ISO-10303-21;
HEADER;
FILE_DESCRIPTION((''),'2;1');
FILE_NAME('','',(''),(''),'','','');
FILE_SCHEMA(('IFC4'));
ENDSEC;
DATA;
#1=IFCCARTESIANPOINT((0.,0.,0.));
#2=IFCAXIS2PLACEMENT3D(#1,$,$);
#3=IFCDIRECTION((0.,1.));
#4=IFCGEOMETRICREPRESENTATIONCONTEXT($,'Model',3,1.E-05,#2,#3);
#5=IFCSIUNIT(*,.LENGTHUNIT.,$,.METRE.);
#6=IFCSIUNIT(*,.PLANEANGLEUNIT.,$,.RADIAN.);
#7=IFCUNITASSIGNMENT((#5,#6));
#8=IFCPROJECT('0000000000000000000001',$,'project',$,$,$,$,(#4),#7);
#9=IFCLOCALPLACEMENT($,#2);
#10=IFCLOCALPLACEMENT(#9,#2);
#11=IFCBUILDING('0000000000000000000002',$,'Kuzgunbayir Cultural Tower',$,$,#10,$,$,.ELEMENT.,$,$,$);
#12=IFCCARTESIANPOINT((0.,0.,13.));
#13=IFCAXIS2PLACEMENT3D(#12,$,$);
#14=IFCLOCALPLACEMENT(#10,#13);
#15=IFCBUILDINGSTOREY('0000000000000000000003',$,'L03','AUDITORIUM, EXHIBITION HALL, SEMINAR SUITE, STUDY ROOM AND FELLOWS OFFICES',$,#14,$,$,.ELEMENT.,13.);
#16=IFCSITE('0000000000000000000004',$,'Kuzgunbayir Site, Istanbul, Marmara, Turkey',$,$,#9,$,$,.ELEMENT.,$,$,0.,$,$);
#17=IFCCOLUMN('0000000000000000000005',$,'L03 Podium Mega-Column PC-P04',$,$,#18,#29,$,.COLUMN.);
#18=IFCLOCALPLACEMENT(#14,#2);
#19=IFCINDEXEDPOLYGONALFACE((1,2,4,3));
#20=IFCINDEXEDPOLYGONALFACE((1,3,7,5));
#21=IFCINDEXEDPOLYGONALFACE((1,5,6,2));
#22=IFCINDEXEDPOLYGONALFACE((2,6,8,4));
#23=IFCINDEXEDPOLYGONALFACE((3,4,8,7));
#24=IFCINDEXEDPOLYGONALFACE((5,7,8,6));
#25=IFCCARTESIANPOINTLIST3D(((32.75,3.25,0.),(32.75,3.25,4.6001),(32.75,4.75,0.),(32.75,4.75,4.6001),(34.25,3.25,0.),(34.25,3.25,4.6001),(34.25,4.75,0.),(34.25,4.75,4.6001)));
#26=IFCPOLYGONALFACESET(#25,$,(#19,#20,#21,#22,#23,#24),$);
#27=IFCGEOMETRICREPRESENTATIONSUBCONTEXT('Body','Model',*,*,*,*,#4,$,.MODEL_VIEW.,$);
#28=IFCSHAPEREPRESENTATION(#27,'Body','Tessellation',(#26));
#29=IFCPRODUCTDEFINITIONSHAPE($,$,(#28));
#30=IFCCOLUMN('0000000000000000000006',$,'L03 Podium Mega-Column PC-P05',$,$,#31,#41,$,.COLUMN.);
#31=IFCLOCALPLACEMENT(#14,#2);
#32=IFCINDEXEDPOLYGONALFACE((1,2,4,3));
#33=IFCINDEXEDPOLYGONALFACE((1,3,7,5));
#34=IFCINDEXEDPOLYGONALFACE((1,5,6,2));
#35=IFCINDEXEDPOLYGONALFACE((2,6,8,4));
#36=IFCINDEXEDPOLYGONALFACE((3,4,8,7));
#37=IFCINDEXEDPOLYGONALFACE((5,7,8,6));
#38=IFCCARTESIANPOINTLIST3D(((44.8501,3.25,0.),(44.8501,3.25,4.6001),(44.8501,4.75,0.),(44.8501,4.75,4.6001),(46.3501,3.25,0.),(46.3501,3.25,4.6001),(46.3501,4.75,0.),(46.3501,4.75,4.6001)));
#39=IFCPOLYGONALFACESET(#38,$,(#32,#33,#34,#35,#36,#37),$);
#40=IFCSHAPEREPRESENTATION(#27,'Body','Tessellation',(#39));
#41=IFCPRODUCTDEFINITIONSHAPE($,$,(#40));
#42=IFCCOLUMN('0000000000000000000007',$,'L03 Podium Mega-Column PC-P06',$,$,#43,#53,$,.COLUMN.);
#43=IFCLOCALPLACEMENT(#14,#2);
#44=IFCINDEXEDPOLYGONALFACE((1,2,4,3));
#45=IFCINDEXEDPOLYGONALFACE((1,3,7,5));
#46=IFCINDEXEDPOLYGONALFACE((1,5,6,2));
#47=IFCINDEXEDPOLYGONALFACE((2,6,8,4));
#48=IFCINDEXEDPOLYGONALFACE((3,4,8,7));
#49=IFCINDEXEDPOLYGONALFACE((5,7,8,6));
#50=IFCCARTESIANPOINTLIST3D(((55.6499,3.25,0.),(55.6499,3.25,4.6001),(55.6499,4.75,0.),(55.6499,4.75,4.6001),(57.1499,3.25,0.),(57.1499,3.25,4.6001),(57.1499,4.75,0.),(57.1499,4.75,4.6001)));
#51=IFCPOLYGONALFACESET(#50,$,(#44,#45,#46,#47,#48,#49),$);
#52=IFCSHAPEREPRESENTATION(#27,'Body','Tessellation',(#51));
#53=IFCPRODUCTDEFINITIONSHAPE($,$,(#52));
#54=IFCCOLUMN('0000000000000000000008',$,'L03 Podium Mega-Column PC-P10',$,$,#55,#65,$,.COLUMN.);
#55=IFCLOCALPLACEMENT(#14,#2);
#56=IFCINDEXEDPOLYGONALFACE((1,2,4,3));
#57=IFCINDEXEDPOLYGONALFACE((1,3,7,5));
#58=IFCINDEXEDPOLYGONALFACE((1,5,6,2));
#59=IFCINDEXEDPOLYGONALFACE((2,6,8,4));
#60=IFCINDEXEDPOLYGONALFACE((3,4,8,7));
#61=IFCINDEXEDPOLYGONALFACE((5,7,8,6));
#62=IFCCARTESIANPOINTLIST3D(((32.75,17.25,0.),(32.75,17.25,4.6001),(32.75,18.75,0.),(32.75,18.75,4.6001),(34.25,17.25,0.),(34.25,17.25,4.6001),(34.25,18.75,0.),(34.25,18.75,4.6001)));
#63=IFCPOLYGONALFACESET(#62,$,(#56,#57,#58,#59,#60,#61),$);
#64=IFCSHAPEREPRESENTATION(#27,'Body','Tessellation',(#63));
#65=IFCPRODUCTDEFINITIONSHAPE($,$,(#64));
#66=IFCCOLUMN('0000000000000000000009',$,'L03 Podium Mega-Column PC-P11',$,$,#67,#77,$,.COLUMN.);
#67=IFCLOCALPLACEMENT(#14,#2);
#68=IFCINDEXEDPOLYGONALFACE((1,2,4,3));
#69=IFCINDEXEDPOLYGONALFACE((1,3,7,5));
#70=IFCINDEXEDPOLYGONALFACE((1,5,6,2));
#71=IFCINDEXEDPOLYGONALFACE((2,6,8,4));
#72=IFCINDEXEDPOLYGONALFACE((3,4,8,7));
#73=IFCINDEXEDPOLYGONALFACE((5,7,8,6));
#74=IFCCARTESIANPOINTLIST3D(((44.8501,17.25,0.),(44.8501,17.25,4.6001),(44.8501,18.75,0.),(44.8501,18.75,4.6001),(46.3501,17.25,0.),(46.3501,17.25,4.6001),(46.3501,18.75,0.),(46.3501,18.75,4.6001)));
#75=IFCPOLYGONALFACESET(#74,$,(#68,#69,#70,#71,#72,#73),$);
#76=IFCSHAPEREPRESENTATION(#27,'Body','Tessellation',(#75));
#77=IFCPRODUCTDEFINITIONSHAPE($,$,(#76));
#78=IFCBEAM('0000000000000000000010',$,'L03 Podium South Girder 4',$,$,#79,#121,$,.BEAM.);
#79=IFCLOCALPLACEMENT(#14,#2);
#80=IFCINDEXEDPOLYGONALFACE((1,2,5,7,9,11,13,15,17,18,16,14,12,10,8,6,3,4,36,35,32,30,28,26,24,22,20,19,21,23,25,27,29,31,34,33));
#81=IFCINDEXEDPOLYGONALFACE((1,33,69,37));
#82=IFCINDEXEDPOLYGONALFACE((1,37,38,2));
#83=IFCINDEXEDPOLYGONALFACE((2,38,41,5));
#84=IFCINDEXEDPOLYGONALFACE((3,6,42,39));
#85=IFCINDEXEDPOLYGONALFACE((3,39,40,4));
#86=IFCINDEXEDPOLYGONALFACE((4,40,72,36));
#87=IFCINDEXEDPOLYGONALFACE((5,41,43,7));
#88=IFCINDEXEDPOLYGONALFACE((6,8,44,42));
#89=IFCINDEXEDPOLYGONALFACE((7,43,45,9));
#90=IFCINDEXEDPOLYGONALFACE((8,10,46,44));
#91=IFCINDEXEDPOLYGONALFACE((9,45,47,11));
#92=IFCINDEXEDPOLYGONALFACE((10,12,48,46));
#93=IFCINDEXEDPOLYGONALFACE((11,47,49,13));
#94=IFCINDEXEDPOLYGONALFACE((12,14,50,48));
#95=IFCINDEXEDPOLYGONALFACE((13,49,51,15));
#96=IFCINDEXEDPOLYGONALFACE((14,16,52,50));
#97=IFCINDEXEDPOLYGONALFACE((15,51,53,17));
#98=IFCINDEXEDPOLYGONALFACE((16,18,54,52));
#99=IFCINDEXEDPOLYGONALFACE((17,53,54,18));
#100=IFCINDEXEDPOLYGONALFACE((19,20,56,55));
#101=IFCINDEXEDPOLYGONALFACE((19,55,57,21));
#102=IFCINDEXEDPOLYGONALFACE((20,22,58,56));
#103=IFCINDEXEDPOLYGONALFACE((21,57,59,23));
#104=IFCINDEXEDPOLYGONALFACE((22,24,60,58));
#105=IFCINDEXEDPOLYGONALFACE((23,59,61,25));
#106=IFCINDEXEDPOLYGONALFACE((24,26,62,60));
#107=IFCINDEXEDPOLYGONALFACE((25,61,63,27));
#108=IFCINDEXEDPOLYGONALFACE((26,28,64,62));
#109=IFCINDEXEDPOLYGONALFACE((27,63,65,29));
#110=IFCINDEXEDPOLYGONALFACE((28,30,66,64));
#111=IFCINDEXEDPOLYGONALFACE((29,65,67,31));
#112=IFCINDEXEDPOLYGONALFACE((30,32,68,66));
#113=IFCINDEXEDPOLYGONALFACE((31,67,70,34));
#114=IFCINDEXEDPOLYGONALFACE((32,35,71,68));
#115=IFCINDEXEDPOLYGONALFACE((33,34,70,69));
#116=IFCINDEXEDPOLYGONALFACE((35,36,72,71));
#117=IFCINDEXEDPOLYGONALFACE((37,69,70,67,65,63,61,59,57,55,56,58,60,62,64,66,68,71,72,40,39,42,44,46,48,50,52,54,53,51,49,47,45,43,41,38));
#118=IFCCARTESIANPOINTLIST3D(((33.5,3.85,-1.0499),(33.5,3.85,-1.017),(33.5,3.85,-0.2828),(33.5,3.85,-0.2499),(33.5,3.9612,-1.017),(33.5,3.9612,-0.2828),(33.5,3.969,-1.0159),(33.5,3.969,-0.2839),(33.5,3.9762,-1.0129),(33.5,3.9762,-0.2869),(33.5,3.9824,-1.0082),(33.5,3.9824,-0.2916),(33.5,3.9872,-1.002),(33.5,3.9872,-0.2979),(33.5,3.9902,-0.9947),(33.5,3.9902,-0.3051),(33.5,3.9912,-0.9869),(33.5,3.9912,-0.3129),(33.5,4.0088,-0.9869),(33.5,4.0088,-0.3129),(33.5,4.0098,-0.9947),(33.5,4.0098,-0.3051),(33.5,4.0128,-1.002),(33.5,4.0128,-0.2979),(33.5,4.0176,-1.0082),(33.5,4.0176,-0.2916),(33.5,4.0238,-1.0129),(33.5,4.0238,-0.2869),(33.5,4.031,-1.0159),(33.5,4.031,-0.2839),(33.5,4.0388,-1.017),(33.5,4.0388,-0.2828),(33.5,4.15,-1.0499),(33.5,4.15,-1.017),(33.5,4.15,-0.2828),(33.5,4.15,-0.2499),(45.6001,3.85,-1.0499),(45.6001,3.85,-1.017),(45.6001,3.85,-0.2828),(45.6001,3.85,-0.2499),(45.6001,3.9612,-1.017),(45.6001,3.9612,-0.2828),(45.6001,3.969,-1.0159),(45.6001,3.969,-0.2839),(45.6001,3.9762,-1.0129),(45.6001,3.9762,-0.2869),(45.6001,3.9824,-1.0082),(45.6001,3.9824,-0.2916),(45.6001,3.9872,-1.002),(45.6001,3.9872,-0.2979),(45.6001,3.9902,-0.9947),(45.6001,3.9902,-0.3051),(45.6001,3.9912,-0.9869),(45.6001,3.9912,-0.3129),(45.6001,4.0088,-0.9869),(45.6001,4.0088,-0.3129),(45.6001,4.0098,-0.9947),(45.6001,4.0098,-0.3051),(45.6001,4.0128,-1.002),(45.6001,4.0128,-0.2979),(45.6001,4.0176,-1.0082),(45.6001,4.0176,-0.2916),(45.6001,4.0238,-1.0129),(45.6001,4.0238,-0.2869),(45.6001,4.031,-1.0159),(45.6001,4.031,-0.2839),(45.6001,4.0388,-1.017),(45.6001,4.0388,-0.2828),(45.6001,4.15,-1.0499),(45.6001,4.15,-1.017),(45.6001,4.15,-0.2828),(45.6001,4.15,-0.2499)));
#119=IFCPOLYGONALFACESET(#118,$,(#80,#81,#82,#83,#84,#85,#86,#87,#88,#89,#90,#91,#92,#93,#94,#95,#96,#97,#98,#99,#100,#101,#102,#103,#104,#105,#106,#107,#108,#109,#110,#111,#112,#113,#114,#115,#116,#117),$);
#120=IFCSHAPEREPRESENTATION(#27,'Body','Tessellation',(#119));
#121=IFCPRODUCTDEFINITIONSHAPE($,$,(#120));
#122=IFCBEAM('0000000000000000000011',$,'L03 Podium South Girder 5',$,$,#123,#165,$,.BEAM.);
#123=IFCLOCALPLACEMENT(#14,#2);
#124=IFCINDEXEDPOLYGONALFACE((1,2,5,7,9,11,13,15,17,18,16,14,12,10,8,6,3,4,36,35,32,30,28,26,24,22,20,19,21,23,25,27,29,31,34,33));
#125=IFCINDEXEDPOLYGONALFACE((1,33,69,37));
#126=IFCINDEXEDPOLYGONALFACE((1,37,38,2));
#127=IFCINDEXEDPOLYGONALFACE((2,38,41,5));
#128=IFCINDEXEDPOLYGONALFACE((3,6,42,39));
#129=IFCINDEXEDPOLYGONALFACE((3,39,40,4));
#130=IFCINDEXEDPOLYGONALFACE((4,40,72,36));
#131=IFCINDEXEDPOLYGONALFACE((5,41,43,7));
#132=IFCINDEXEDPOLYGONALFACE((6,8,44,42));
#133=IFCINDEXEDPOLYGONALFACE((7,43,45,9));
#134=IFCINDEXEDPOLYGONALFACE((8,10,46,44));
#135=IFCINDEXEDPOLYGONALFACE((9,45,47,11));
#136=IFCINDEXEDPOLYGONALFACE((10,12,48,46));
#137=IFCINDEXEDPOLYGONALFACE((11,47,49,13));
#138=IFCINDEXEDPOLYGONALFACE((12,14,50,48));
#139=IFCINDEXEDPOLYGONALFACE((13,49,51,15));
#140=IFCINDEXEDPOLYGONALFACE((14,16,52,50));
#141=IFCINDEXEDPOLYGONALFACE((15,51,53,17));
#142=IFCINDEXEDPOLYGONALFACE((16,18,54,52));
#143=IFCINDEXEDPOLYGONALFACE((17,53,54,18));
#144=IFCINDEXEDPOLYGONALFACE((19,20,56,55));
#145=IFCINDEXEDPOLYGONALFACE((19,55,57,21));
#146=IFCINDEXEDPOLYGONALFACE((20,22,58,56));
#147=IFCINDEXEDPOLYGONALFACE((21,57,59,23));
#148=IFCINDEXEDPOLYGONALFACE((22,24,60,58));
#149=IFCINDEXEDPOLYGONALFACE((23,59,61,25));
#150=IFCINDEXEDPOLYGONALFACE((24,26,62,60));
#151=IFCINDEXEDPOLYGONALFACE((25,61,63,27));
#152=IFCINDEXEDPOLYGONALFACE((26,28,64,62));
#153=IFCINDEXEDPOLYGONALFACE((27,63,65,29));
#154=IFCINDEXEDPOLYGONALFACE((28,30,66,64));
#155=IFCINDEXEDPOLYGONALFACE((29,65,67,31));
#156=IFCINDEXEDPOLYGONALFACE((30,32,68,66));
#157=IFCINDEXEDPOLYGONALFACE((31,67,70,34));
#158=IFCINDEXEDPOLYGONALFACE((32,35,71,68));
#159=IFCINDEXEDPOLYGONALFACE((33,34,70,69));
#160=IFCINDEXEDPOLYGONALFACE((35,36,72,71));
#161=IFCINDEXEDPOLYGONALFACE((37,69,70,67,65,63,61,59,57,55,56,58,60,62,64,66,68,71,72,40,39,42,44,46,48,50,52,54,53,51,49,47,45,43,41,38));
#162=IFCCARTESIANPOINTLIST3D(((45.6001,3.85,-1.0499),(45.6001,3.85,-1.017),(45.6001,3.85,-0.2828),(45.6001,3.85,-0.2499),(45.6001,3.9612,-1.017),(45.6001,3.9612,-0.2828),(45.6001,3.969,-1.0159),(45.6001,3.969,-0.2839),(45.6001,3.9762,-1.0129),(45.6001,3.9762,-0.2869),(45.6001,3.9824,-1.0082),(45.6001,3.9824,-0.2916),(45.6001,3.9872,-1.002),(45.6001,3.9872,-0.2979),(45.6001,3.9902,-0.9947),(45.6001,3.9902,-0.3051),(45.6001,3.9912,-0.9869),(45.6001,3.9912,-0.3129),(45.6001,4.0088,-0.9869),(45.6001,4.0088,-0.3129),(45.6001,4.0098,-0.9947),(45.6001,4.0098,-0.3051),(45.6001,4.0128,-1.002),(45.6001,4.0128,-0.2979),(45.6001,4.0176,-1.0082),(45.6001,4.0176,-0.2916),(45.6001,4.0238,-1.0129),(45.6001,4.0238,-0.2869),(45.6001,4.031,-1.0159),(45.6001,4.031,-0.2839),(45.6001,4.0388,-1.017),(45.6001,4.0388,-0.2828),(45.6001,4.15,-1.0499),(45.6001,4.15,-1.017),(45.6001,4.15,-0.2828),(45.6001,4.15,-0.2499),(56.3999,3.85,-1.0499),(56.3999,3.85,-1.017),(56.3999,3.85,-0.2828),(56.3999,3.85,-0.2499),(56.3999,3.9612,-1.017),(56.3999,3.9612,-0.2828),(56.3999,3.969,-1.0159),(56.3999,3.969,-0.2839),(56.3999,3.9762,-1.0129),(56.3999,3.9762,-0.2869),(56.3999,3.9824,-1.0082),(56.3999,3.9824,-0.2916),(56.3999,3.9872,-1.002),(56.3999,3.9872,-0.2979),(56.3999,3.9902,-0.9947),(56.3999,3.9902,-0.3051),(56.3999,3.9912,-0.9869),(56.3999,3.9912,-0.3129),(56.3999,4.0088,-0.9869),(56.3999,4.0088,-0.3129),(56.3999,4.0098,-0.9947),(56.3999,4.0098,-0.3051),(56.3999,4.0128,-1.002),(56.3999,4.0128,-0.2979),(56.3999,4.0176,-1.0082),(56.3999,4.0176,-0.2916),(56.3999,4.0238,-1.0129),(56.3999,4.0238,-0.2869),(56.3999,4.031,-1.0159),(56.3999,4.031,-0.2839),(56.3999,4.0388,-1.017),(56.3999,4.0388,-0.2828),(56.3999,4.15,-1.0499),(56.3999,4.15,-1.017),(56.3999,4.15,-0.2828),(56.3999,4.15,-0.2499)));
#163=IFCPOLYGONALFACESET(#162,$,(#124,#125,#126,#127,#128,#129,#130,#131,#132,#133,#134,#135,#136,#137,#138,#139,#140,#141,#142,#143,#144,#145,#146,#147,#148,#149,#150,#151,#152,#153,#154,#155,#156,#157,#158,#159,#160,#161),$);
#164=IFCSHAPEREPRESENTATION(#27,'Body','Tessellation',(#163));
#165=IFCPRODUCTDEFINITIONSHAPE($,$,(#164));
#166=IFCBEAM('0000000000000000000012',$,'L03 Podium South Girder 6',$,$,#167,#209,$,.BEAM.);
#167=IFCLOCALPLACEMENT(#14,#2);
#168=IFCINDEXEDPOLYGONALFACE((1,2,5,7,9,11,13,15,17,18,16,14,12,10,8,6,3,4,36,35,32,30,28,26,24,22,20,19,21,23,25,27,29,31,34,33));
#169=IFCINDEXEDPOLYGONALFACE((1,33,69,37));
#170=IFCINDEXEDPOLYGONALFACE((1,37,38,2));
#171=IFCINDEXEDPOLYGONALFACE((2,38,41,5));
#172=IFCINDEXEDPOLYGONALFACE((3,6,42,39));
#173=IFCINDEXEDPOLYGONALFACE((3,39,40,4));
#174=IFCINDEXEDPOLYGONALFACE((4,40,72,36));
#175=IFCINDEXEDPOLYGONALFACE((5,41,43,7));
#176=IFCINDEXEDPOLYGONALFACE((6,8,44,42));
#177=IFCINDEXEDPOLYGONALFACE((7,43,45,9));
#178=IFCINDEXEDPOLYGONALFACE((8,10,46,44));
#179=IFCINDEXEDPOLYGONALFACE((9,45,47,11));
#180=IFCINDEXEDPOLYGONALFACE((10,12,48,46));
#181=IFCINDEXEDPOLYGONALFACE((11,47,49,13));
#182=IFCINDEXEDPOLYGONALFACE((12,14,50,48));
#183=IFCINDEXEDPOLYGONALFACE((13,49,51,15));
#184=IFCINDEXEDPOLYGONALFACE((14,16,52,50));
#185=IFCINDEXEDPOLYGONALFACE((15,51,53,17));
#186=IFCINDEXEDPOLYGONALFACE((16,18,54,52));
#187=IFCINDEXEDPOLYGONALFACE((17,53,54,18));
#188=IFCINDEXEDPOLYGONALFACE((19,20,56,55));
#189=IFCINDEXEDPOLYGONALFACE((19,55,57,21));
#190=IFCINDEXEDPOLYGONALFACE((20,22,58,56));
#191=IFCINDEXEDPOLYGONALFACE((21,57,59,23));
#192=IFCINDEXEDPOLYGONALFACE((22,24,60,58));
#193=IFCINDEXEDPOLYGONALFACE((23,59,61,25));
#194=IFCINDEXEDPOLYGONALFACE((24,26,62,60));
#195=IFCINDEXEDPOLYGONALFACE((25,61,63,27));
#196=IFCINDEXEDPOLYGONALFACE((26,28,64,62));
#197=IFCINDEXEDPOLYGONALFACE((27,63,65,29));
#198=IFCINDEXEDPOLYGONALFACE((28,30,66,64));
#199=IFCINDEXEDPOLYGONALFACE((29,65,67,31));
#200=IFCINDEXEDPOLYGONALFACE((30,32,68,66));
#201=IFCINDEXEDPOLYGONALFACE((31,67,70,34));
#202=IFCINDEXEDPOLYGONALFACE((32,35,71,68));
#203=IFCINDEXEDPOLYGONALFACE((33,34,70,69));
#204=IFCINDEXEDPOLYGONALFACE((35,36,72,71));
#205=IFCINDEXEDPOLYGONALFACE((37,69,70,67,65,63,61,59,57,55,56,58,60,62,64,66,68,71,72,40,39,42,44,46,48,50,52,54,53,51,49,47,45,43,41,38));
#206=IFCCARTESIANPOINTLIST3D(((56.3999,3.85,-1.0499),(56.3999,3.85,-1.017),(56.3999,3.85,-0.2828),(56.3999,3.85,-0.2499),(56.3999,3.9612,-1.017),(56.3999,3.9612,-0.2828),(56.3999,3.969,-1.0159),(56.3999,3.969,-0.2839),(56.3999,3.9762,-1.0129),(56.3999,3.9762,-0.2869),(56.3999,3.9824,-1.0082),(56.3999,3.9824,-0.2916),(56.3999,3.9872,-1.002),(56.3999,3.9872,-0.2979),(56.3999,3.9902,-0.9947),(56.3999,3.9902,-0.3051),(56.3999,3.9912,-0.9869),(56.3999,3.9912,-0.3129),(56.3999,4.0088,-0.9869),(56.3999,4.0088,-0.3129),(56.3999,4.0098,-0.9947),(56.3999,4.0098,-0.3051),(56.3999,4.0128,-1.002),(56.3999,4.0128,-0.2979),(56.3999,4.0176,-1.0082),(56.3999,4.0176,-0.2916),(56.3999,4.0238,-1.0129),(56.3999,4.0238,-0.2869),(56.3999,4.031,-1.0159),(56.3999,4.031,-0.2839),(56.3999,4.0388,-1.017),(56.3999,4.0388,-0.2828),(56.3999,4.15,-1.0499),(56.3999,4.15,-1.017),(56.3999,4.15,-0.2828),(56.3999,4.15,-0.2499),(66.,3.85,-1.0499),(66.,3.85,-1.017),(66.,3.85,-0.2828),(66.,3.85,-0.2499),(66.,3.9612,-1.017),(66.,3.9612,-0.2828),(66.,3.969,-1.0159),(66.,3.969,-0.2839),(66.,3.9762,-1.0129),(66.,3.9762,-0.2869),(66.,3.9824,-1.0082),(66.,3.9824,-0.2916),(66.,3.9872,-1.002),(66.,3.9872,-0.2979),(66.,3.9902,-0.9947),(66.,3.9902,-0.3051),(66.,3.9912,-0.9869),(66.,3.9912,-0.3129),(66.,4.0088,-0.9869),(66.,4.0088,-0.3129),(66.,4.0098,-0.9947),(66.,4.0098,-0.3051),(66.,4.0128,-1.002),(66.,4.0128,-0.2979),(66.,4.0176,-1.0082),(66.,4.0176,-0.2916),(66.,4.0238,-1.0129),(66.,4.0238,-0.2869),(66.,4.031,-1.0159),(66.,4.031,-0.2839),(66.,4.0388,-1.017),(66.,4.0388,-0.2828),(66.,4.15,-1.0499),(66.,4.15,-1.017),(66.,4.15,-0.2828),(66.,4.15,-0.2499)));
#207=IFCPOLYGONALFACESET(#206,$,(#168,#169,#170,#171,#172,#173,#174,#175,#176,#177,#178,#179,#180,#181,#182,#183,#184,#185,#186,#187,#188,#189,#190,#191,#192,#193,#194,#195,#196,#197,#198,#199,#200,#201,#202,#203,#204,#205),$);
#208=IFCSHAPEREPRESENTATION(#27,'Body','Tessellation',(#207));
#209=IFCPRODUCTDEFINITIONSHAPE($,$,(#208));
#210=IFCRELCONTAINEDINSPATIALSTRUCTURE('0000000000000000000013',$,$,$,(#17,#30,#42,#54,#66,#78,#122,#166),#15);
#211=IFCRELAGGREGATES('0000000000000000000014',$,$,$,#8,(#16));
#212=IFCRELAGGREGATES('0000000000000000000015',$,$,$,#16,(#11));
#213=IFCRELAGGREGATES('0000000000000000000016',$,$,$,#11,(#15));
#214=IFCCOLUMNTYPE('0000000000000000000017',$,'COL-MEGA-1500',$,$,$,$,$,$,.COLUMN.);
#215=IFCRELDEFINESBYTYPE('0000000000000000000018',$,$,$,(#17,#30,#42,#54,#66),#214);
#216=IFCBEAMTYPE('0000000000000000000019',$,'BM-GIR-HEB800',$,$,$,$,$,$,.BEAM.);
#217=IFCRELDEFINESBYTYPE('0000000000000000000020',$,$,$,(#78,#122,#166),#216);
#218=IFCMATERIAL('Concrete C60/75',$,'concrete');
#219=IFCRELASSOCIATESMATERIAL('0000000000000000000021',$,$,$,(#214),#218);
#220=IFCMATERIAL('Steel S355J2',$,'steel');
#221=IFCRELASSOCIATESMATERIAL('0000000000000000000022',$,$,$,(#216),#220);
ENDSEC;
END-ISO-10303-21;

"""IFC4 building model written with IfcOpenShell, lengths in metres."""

from ifc_helpers import new_model, si_unit, direction, frame, origin, origin_2d, place, context, subcontext, project, spatial, rectangle, i_section, extrude, material, material_profile, profile_set, type_object, element, save


model = new_model("IFC4")

# Units and contexts
model_context = context("Model", 3, precision=1e-05, world=origin(), true_north=direction((0.0, 1.0)))
body_context = subcontext(model_context, "Body", "Model", "MODEL_VIEW")
ifc_project = project(units=[si_unit("LENGTHUNIT", "METRE"), si_unit("PLANEANGLEUNIT", "RADIAN")], contexts=[model_context])

# Site, building, storey
site_placement = place(None, origin())
site = spatial("IfcSite", under=ifc_project, at=site_placement, Name="Kuzgunbayir Site, Istanbul, Marmara, Turkey", CompositionType="ELEMENT", RefElevation=0.0)
building_placement = place(site_placement, origin())
building = spatial("IfcBuilding", under=site, at=building_placement, Name="Kuzgunbayir Cultural Tower", CompositionType="ELEMENT")
storey_placement = place(building_placement, frame((0.0, 0.0, 13.0)))
storey = spatial("IfcBuildingStorey", under=building, at=storey_placement, Name="L03", Description="AUDITORIUM, EXHIBITION HALL, SEMINAR SUITE, STUDY ROOM AND FELLOWS OFFICES", CompositionType="ELEMENT", Elevation=13.0)

# Columns
ifc_material_1 = material(Name="Concrete C60/75", Category="concrete")
ifc_material_profile_1 = material_profile(ifc_material_1, rectangle(XDim=1.5, YDim=1.5, at=origin_2d()), Name="RC 1500x1500")
ifc_profile_set_1 = profile_set([ifc_material_profile_1], Name="Concrete C60/75")
column_type = type_object("IfcColumnType", Name="COL-MEGA-1500", PredefinedType="COLUMN", material=ifc_profile_set_1)
for number, where, z_axis, x_axis, name in (
    (1, (33.5, 4.0, 0.0), (0.0, 0.0, 1.0), (1.0, 0.0, 0.0), "L03 Podium Mega-Column PC-P04"),
    (2, (45.6001, 4.0, 0.0), (0.0, 0.0, 1.0), (1.0, 0.0, 0.0), "L03 Podium Mega-Column PC-P05"),
    (3, (56.3999, 4.0, 0.0), (0.0, 0.0, 1.0), (1.0, 0.0, 0.0), "L03 Podium Mega-Column PC-P06"),
    (4, (33.5, 18.0, 0.0), (0.0, 0.0, 1.0), (1.0, 0.0, 0.0), "L03 Podium Mega-Column PC-P10"),
    (5, (45.6001, 18.0, 0.0), (0.0, 0.0, 1.0), (1.0, 0.0, 0.0), "L03 Podium Mega-Column PC-P11"),
):
    element("IfcColumn", number, at=place(storey_placement, frame(where, z_axis=z_axis, x_axis=x_axis)), inside=storey, type_object=column_type, Name=name, PredefinedType="COLUMN", context=body_context, shape_type="SweptSolid", body=[
        extrude(rectangle(XDim=1.5, YDim=1.5, at=origin_2d()), origin(), (0.0, 0.0, 1.0), 4.6001),
    ])

# Beams
ifc_material_2 = material(Name="Steel S355J2", Category="steel")
ifc_material_profile_2 = material_profile(ifc_material_2, i_section(OverallWidth=0.3, OverallDepth=0.8, WebThickness=0.0176, FlangeThickness=0.033, FilletRadius=0.03, at=origin_2d()), Name="HEB 800")
ifc_profile_set_2 = profile_set([ifc_material_profile_2], Name="Steel S355J2")
beam_type = type_object("IfcBeamType", Name="BM-GIR-HEB800", PredefinedType="BEAM", material=ifc_profile_set_2)
beam_1_placement = place(storey_placement, frame((33.5, 4.0, -0.6499), z_axis=(1.0, 0.0, 0.0), x_axis=(0.0, 1.0, 0.0)))
element("IfcBeam", 6, at=beam_1_placement, inside=storey, type_object=beam_type, Name="L03 Podium South Girder 4", PredefinedType="BEAM", context=body_context, shape_type="SweptSolid", body=[
    extrude(i_section(OverallWidth=0.3, OverallDepth=0.8, WebThickness=0.0176, FlangeThickness=0.033, FilletRadius=0.03, at=origin_2d()), origin(), (0.0, 0.0, 1.0), 12.1001),
])
beam_2_placement = place(storey_placement, frame((45.6001, 4.0, -0.6499), z_axis=(1.0, 0.0, 0.0), x_axis=(0.0, 1.0, 0.0)))
element("IfcBeam", 7, at=beam_2_placement, inside=storey, type_object=beam_type, Name="L03 Podium South Girder 5", PredefinedType="BEAM", context=body_context, shape_type="SweptSolid", body=[
    extrude(i_section(OverallWidth=0.3, OverallDepth=0.8, WebThickness=0.0176, FlangeThickness=0.033, FilletRadius=0.03, at=origin_2d()), origin(), (0.0, 0.0, 1.0), 10.7998),
])
beam_3_placement = place(storey_placement, frame((56.3999, 4.0, -0.6499), z_axis=(1.0, 0.0, 0.0), x_axis=(0.0, 1.0, 0.0)))
element("IfcBeam", 8, at=beam_3_placement, inside=storey, type_object=beam_type, Name="L03 Podium South Girder 6", PredefinedType="BEAM", context=body_context, shape_type="SweptSolid", body=[
    extrude(i_section(OverallWidth=0.3, OverallDepth=0.8, WebThickness=0.0176, FlangeThickness=0.033, FilletRadius=0.03, at=origin_2d()), origin(), (0.0, 0.0, 1.0), 9.6001),
])

save(model, "model.ifc")
